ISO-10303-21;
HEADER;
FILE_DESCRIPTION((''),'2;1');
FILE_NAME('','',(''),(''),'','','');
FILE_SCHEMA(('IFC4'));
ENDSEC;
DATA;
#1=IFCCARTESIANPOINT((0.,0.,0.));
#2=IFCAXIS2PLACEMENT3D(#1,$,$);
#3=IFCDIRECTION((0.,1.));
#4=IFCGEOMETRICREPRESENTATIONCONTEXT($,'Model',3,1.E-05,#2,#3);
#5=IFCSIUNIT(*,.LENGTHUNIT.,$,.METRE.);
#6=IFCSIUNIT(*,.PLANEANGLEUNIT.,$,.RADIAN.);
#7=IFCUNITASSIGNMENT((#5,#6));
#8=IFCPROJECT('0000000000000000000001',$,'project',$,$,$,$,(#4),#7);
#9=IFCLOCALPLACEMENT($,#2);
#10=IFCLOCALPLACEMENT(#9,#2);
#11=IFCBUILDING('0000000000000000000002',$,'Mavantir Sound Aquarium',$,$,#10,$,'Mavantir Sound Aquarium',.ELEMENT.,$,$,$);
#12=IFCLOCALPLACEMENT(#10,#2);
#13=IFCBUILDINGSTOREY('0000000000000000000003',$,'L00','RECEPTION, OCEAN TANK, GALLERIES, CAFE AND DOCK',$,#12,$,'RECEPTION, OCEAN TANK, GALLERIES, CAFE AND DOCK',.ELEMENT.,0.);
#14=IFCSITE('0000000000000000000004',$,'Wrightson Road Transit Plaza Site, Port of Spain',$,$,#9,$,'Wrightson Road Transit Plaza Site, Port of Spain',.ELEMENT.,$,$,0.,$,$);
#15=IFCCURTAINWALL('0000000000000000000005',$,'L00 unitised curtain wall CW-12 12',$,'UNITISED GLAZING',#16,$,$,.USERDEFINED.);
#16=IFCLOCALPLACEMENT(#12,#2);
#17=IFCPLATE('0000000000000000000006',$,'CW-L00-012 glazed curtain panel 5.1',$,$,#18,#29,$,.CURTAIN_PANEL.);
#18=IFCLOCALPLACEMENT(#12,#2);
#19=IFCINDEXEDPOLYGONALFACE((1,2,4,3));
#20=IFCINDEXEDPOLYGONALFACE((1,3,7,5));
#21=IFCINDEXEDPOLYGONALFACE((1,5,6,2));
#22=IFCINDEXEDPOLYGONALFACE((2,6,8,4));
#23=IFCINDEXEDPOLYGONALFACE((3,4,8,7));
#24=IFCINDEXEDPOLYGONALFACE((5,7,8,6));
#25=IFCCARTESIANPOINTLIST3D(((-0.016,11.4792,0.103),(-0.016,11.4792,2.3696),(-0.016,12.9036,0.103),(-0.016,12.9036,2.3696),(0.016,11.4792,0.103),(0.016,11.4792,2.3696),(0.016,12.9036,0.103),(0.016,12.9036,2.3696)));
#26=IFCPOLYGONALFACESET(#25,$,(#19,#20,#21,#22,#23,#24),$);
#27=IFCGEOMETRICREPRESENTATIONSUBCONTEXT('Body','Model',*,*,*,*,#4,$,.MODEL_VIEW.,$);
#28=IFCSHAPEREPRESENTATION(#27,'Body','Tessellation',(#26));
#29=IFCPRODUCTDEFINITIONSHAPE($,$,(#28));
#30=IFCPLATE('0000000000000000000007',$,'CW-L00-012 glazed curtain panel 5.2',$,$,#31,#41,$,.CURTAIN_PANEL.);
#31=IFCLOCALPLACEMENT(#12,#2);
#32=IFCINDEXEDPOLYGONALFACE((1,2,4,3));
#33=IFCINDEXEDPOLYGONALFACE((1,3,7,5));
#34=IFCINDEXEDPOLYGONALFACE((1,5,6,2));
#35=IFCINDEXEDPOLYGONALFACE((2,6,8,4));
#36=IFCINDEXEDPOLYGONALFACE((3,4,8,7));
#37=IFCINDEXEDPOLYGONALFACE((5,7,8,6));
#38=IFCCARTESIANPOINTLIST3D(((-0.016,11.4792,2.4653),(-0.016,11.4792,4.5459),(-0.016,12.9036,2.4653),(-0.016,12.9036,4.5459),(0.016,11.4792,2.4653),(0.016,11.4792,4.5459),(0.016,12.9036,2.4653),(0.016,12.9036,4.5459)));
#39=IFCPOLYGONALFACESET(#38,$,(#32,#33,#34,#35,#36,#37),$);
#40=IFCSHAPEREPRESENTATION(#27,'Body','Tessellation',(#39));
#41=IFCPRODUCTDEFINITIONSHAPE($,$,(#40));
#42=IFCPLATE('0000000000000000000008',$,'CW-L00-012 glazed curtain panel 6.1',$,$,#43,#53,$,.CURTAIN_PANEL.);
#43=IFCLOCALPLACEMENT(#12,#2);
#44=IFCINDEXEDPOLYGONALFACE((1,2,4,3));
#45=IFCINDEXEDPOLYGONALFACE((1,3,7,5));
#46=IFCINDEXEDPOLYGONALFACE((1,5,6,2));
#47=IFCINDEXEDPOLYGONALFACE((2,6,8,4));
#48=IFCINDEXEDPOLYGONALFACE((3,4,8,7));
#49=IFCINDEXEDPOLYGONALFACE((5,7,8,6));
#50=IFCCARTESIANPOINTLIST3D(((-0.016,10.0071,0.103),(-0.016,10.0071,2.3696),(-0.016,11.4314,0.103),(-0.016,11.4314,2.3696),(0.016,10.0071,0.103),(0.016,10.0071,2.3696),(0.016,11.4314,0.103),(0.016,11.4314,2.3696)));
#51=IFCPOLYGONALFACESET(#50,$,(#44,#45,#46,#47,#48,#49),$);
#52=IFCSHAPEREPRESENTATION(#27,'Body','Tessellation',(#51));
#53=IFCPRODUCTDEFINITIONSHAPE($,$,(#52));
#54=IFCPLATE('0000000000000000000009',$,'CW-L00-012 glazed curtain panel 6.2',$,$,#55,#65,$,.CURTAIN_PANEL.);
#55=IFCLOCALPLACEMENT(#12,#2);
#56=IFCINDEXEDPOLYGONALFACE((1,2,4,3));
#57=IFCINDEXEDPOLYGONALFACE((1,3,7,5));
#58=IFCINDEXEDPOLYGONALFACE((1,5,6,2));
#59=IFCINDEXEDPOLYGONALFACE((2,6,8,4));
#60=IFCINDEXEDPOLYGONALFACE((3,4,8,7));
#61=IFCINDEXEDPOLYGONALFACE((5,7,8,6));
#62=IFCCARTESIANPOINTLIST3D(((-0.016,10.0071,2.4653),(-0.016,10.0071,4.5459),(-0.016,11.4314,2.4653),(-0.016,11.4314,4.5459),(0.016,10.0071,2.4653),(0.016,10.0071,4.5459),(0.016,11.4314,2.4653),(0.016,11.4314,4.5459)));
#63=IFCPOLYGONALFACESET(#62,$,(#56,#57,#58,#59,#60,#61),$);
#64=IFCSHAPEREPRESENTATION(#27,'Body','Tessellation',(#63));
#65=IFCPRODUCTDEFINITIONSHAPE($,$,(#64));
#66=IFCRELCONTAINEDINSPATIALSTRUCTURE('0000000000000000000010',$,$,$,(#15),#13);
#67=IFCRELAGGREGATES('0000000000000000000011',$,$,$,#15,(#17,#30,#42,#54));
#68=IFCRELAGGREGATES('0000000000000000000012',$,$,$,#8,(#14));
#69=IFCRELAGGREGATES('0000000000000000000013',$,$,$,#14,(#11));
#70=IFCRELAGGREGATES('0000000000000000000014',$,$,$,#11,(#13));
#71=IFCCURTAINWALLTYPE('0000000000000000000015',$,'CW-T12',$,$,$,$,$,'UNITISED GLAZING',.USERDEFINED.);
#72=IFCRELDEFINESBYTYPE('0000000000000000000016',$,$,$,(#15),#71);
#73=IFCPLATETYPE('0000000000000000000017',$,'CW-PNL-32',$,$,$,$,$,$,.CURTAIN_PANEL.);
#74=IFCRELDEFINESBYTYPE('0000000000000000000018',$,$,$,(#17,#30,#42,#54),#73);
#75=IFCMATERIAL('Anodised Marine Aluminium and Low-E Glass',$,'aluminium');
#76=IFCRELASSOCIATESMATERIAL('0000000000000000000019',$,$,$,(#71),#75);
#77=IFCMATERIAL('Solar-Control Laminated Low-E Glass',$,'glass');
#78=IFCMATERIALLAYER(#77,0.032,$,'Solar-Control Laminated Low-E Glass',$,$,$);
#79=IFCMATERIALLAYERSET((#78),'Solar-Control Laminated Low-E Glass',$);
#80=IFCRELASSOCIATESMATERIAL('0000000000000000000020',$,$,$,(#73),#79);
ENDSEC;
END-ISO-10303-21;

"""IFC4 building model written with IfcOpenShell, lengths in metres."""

from ifc_helpers import new_model, si_unit, direction, frame, origin, origin_2d, place, context, subcontext, project, spatial, rectangle, extrude, material, layer, layer_set, type_object, element, aggregate, save


model = new_model("IFC4")

# Units and contexts
model_context = context("Model", 3, precision=1e-05, world=origin(), true_north=direction((0.0, 1.0)))
body_context = subcontext(model_context, "Body", "Model", "MODEL_VIEW")
ifc_project = project(units=[si_unit("LENGTHUNIT", "METRE"), si_unit("PLANEANGLEUNIT", "RADIAN")], contexts=[model_context])

# Site, building, storey
site_placement = place(None, origin())
site = spatial("IfcSite", under=ifc_project, at=site_placement, Name="Wrightson Road Transit Plaza Site, Port of Spain", LongName="Wrightson Road Transit Plaza Site, Port of Spain", CompositionType="ELEMENT", RefElevation=0.0)
building_placement = place(site_placement, origin())
building = spatial("IfcBuilding", under=site, at=building_placement, Name="Mavantir Sound Aquarium", LongName="Mavantir Sound Aquarium", CompositionType="ELEMENT")
storey_placement = place(building_placement, origin())
storey = spatial("IfcBuildingStorey", under=building, at=storey_placement, Name="L00", Description="RECEPTION, OCEAN TANK, GALLERIES, CAFE AND DOCK", LongName="RECEPTION, OCEAN TANK, GALLERIES, CAFE AND DOCK", CompositionType="ELEMENT", Elevation=0.0)

# Curtain wall
ifc_material_1 = material(Name="Anodised Marine Aluminium and Low-E Glass", Category="aluminium")
curtain_wall_type_1 = type_object("IfcCurtainWallType", Name="CW-T12", ElementType="UNITISED GLAZING", PredefinedType="USERDEFINED", material=ifc_material_1)
curtain_wall_1_placement = place(storey_placement, origin())
curtain_wall_1 = element("IfcCurtainWall", 1, at=curtain_wall_1_placement, inside=storey, type_object=curtain_wall_type_1, Name="L00 unitised curtain wall CW-12 12", ObjectType="UNITISED GLAZING", PredefinedType="USERDEFINED")

# Plates
ifc_material_2 = material(Name="Solar-Control Laminated Low-E Glass", Category="glass")
ifc_layer = layer(ifc_material_2, 0.032, Name="Solar-Control Laminated Low-E Glass")
ifc_layer_set = layer_set([ifc_layer], Name="Solar-Control Laminated Low-E Glass")
plate_type = type_object("IfcPlateType", Name="CW-PNL-32", PredefinedType="CURTAIN_PANEL", material=ifc_layer_set)
plate_1_placement = place(storey_placement, frame((0.0, 12.1914, 0.103), z_axis=(0.0, 0.0, 1.0), x_axis=(0.0, -1.0, 0.0)))
plate_1 = element("IfcPlate", 2, at=plate_1_placement, type_object=plate_type, Name="CW-L00-012 glazed curtain panel 5.1", PredefinedType="CURTAIN_PANEL", context=body_context, shape_type="SweptSolid", body=[
    extrude(rectangle(XDim=1.4243, YDim=0.032, at=origin_2d()), origin(), (0.0, 0.0, 1.0), 2.2666),
])
plate_2_placement = place(storey_placement, frame((0.0, 12.1914, 2.4653), z_axis=(0.0, 0.0, 1.0), x_axis=(0.0, -1.0, 0.0)))
plate_2 = element("IfcPlate", 3, at=plate_2_placement, type_object=plate_type, Name="CW-L00-012 glazed curtain panel 5.2", PredefinedType="CURTAIN_PANEL", context=body_context, shape_type="SweptSolid", body=[
    extrude(rectangle(XDim=1.4243, YDim=0.032, at=origin_2d()), origin(), (0.0, 0.0, 1.0), 2.0806),
])
plate_3_placement = place(storey_placement, frame((0.0, 10.7192, 0.103), z_axis=(0.0, 0.0, 1.0), x_axis=(0.0, -1.0, 0.0)))
plate_3 = element("IfcPlate", 4, at=plate_3_placement, type_object=plate_type, Name="CW-L00-012 glazed curtain panel 6.1", PredefinedType="CURTAIN_PANEL", context=body_context, shape_type="SweptSolid", body=[
    extrude(rectangle(XDim=1.4243, YDim=0.032, at=origin_2d()), origin(), (0.0, 0.0, 1.0), 2.2666),
])
plate_4_placement = place(storey_placement, frame((0.0, 10.7192, 2.4653), z_axis=(0.0, 0.0, 1.0), x_axis=(0.0, -1.0, 0.0)))
plate_4 = element("IfcPlate", 5, at=plate_4_placement, type_object=plate_type, Name="CW-L00-012 glazed curtain panel 6.2", PredefinedType="CURTAIN_PANEL", context=body_context, shape_type="SweptSolid", body=[
    extrude(rectangle(XDim=1.4243, YDim=0.032, at=origin_2d()), origin(), (0.0, 0.0, 1.0), 2.0806),
])
aggregate(curtain_wall_1, [plate_1, plate_2, plate_3, plate_4])

save(model, "model.ifc")
